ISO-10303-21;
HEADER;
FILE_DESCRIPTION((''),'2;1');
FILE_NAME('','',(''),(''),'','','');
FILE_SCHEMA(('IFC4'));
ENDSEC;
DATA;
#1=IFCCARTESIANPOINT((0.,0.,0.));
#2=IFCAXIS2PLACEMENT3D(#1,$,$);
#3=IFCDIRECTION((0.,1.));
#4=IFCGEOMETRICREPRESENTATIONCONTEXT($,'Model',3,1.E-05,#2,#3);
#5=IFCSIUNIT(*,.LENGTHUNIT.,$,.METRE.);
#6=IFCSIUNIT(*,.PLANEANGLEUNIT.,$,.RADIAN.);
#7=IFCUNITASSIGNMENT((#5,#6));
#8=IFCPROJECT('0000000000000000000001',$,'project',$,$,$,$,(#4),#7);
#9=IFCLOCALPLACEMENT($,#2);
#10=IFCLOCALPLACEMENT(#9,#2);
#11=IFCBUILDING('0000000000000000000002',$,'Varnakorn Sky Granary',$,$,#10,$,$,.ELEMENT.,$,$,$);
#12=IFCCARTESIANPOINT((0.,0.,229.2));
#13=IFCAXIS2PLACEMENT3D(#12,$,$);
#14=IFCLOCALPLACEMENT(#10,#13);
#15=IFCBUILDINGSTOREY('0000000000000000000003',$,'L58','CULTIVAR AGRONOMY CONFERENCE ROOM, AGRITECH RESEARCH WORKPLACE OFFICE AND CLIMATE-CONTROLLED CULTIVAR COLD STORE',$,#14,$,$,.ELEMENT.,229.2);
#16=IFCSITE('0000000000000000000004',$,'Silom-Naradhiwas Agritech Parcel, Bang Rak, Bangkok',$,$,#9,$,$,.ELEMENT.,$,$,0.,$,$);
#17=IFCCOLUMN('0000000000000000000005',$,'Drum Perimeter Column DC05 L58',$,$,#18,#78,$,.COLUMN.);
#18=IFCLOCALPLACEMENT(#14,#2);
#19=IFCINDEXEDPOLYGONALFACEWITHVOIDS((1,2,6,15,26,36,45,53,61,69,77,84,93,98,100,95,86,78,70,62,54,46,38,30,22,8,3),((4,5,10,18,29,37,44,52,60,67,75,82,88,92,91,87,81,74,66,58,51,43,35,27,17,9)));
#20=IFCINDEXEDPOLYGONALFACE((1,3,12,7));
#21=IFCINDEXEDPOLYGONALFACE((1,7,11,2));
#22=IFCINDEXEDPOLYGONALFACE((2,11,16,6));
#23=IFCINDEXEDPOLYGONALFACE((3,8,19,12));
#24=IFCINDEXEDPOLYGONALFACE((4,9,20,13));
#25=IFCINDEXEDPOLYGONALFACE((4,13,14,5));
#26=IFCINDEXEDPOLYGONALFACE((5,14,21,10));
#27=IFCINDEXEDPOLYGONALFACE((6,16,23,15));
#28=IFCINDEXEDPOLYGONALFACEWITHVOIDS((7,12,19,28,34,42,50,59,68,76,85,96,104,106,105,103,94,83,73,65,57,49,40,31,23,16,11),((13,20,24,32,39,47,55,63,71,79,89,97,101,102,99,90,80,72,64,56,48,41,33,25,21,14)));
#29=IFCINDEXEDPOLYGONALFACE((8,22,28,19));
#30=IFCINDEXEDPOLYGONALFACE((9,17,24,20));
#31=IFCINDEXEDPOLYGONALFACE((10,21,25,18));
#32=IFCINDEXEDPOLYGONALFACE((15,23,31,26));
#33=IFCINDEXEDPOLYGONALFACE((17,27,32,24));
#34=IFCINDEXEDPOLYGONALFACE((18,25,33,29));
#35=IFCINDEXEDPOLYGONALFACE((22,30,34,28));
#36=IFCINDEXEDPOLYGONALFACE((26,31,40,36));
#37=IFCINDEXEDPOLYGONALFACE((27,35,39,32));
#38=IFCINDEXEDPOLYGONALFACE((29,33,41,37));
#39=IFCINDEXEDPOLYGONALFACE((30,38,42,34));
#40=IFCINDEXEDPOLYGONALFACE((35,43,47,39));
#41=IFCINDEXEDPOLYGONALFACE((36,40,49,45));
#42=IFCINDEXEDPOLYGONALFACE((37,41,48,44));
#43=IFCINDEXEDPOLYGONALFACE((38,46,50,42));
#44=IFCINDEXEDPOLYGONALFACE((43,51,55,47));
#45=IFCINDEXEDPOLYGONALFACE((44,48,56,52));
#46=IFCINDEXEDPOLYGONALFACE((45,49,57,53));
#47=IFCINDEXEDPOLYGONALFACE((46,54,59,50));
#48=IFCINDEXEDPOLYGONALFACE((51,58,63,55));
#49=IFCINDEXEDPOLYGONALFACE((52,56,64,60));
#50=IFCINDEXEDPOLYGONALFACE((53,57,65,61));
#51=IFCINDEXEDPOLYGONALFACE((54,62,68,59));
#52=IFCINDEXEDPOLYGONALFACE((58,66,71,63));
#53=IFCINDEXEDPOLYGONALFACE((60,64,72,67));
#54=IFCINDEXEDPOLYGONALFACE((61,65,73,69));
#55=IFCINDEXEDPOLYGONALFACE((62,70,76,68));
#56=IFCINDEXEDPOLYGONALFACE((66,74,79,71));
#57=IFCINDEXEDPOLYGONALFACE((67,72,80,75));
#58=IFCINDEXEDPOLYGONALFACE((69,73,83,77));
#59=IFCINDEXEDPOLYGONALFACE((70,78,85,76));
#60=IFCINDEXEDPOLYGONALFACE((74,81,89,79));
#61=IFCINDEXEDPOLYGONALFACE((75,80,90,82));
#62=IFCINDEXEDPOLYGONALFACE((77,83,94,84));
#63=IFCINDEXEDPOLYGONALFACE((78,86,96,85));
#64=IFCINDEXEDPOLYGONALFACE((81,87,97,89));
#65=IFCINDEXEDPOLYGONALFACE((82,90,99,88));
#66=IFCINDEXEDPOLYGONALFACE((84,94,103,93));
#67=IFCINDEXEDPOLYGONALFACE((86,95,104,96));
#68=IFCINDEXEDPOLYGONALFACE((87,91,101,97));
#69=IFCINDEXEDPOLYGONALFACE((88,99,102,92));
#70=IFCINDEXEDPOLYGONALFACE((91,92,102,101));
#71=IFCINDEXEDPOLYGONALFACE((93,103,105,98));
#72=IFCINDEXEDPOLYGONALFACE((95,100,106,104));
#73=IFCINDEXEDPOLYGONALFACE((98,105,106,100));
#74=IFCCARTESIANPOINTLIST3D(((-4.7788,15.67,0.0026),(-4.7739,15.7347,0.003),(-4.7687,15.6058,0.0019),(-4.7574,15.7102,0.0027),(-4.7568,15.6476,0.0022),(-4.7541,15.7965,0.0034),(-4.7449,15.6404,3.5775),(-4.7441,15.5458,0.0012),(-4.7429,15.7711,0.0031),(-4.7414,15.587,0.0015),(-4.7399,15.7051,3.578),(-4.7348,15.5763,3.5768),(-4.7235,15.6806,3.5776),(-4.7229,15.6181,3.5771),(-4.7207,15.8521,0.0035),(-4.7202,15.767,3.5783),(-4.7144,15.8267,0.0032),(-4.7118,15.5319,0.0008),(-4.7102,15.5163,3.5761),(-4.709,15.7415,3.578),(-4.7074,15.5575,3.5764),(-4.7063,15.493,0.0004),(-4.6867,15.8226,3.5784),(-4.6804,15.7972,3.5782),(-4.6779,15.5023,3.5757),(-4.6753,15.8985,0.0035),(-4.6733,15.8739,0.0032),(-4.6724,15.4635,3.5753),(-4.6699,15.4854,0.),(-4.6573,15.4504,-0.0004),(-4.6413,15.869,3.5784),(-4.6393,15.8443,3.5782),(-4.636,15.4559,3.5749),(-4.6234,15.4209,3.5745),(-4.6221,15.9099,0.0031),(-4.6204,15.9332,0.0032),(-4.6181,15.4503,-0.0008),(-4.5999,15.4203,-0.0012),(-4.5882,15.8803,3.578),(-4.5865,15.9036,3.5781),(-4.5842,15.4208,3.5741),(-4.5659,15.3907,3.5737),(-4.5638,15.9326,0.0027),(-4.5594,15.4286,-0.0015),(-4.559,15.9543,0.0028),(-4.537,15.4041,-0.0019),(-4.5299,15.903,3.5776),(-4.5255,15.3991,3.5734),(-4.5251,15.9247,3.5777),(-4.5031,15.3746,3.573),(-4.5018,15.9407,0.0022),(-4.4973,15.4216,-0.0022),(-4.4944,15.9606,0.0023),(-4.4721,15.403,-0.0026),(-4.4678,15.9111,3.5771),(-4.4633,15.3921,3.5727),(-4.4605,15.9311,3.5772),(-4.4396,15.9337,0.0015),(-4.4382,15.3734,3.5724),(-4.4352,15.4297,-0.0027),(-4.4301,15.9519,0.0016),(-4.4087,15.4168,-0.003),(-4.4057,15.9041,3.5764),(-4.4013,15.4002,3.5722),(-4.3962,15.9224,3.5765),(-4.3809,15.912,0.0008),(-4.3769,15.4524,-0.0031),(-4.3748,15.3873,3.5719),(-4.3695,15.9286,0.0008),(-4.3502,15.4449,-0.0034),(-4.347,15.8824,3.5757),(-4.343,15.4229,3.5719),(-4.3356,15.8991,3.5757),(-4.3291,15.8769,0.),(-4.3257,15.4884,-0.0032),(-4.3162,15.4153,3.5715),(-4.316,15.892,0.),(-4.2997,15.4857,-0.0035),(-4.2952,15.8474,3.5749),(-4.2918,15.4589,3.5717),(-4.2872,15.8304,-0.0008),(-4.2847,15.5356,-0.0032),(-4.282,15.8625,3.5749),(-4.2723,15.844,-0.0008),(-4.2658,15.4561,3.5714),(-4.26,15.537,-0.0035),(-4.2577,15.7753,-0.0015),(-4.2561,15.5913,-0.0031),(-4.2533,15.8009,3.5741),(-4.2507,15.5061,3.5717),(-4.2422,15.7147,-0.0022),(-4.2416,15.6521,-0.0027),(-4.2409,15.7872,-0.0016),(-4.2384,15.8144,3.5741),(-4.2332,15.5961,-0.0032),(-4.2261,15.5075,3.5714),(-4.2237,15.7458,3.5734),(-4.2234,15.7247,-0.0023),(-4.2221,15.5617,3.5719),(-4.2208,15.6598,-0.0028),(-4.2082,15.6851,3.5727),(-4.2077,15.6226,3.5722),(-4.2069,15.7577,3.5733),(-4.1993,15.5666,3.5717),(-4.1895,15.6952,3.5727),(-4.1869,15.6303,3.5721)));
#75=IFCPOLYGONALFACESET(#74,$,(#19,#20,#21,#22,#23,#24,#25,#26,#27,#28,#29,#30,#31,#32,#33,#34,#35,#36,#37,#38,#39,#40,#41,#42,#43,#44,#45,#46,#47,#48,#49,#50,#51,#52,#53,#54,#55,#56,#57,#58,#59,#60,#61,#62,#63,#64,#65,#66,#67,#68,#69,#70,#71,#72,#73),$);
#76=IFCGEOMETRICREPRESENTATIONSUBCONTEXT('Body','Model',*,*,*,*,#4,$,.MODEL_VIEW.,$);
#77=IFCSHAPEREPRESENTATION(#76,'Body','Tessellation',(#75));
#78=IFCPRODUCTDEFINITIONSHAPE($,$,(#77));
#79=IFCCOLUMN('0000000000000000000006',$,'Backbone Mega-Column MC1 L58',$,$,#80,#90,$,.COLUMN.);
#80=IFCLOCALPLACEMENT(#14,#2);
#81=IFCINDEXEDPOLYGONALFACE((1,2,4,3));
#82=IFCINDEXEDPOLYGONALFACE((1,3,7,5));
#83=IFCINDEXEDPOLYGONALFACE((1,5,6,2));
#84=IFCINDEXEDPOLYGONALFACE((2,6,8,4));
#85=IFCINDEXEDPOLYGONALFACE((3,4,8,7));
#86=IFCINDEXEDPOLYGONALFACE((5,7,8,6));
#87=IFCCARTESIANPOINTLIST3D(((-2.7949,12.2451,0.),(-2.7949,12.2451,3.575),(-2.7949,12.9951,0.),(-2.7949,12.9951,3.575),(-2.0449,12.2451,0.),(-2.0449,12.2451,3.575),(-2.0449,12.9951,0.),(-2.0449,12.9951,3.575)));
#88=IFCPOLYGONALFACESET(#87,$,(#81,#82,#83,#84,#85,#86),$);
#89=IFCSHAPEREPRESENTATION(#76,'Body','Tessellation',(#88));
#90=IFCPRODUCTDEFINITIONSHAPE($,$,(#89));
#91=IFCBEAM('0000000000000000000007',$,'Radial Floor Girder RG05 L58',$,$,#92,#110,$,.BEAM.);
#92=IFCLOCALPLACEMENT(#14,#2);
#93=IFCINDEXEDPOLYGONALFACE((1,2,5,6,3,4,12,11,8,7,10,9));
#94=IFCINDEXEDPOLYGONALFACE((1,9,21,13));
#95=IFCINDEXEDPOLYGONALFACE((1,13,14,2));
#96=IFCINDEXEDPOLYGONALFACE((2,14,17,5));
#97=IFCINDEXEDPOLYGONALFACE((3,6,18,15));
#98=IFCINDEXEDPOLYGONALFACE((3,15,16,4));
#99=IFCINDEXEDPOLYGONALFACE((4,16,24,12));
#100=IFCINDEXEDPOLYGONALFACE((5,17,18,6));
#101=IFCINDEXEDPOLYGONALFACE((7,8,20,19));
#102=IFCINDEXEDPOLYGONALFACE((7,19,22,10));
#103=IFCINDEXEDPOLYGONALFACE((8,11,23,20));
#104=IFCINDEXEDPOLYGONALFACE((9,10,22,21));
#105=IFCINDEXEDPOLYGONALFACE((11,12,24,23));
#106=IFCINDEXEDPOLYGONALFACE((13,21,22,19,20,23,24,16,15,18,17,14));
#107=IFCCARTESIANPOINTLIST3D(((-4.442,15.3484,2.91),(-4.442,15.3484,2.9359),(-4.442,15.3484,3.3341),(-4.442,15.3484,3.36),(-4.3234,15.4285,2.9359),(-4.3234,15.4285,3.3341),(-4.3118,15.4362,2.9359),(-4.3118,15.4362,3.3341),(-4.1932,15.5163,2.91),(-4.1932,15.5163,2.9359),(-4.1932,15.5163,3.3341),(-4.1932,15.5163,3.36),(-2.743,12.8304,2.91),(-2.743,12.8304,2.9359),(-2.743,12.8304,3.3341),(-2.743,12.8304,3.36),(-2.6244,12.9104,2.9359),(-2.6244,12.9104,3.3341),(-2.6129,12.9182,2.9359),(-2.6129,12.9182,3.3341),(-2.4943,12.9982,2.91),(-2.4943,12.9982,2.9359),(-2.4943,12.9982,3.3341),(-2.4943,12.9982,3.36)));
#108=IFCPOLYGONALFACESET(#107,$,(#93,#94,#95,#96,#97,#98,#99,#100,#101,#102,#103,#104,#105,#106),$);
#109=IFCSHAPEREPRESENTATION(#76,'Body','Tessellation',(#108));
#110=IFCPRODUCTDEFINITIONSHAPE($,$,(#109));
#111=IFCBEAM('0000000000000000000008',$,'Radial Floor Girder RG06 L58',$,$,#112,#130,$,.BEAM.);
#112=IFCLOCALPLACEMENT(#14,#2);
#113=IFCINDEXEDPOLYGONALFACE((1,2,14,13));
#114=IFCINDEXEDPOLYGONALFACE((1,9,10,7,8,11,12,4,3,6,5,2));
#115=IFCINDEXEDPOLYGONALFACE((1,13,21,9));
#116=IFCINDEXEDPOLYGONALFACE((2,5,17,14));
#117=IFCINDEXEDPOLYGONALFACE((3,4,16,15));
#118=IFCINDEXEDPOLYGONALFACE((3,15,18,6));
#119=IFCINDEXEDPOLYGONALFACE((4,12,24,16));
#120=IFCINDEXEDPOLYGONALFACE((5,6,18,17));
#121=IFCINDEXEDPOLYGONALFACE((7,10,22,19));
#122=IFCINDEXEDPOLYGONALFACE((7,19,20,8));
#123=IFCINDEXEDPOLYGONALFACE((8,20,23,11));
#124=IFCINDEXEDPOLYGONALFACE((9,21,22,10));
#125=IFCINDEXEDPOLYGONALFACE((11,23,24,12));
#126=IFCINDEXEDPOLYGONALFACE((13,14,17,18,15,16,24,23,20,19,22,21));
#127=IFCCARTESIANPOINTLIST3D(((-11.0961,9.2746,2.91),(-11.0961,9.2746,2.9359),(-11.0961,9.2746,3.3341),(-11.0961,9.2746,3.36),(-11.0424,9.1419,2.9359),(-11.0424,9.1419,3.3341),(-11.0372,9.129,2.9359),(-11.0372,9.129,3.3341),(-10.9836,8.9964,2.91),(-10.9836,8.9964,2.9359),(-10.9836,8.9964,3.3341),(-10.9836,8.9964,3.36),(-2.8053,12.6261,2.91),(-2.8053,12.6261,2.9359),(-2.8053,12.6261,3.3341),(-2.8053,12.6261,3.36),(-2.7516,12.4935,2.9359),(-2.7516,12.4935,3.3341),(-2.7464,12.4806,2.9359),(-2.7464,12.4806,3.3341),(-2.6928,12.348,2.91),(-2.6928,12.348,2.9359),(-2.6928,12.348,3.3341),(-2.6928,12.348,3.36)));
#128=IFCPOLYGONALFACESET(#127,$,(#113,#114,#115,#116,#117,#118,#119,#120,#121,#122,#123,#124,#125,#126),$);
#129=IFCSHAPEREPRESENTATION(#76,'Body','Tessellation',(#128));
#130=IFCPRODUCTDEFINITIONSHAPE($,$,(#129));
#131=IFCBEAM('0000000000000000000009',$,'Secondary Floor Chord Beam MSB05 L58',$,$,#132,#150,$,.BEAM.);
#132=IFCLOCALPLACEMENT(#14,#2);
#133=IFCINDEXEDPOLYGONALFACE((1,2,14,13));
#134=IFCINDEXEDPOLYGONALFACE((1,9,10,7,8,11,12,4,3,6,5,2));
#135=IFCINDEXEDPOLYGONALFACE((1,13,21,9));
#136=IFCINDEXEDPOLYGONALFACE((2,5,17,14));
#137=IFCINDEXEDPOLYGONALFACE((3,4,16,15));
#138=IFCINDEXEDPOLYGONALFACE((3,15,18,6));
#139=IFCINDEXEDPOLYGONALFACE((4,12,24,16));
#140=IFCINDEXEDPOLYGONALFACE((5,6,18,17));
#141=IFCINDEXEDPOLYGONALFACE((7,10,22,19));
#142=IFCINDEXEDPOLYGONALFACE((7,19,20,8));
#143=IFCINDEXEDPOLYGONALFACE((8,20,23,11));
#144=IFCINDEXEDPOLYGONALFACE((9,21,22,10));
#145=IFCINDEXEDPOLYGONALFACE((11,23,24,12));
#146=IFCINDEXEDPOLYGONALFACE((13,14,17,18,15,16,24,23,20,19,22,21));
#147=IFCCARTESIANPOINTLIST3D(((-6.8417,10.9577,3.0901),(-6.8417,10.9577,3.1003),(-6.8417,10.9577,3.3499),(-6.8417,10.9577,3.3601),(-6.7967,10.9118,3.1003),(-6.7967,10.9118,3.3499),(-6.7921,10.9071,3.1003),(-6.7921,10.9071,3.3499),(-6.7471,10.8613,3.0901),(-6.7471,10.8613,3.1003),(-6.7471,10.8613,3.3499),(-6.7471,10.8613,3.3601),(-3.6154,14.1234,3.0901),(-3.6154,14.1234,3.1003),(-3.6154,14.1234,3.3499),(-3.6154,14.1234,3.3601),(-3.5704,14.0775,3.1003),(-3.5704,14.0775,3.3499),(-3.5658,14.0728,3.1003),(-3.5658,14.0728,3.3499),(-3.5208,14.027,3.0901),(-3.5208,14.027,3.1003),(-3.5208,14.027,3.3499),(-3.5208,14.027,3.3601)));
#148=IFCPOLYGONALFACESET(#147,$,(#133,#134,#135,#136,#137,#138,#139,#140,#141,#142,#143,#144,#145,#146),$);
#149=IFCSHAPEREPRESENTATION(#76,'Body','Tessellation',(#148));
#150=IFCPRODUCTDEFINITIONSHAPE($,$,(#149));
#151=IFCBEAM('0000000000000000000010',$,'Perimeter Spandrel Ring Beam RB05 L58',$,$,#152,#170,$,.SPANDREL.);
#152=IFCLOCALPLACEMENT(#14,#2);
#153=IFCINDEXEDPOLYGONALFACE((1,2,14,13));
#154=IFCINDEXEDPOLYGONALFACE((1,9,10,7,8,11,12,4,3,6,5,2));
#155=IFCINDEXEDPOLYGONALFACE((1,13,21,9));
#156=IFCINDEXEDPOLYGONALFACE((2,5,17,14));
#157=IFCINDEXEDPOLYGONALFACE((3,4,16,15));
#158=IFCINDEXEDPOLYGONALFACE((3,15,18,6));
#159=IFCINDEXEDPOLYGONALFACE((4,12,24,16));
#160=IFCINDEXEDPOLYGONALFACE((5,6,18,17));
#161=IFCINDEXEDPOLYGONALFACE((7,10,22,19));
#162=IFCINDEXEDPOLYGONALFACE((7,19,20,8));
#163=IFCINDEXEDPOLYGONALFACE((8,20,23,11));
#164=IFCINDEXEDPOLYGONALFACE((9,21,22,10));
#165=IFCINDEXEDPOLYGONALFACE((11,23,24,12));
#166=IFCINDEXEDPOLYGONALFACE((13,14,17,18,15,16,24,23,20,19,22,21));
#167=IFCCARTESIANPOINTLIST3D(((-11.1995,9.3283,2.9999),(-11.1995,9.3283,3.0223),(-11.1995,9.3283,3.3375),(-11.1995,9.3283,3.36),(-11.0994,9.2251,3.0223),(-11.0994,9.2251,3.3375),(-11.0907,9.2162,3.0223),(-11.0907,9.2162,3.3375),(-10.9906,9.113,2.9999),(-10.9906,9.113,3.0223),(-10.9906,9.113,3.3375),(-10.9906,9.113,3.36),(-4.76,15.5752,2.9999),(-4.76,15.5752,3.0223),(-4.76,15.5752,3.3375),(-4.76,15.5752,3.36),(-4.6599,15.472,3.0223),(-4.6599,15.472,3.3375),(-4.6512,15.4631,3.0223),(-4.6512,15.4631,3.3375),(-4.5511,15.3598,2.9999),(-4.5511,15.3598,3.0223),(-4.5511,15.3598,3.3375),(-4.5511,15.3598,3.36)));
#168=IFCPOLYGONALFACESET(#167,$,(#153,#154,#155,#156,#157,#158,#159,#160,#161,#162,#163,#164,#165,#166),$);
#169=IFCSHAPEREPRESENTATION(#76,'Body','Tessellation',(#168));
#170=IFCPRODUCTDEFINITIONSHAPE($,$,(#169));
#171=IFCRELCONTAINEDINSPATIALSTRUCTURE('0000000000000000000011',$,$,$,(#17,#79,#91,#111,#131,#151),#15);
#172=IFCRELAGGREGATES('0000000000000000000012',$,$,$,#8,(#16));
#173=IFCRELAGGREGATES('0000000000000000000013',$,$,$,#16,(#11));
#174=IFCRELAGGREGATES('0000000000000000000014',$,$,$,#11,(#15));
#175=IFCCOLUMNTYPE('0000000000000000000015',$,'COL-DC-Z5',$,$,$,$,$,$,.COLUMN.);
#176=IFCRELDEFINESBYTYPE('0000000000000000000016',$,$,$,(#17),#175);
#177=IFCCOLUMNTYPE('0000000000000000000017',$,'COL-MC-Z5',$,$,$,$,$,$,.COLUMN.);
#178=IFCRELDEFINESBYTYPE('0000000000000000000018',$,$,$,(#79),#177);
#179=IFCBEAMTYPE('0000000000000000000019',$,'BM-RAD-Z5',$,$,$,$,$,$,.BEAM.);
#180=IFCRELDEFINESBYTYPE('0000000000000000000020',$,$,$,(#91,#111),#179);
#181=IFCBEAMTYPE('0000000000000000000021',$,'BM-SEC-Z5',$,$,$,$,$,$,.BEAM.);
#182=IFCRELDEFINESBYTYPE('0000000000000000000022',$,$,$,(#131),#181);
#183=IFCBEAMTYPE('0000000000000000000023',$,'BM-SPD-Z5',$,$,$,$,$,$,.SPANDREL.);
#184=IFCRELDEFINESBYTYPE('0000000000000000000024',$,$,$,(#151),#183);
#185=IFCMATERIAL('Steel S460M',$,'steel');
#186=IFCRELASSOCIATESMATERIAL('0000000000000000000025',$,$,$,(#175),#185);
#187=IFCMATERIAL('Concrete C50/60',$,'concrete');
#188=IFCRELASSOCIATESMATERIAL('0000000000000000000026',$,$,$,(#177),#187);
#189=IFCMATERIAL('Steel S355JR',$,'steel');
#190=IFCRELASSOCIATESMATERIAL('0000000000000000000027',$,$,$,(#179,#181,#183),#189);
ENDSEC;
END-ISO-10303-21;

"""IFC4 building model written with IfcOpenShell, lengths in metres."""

from ifc_helpers import new_model, si_unit, direction, frame, origin, origin_2d, place, context, subcontext, project, spatial, rectangle, hollow_circle, i_section, extrude, material, material_profile, profile_set, type_object, element, save


model = new_model("IFC4")

# Units and contexts
model_context = context("Model", 3, precision=1e-05, world=origin(), true_north=direction((0.0, 1.0)))
body_context = subcontext(model_context, "Body", "Model", "MODEL_VIEW")
ifc_project = project(units=[si_unit("LENGTHUNIT", "METRE"), si_unit("PLANEANGLEUNIT", "RADIAN")], contexts=[model_context])

# Site, building, storey
site_placement = place(None, origin())
site = spatial("IfcSite", under=ifc_project, at=site_placement, Name="Silom-Naradhiwas Agritech Parcel, Bang Rak, Bangkok", CompositionType="ELEMENT", RefElevation=0.0)
building_placement = place(site_placement, origin())
building = spatial("IfcBuilding", under=site, at=building_placement, Name="Varnakorn Sky Granary", CompositionType="ELEMENT")
storey_placement = place(building_placement, frame((0.0, 0.0, 229.2)))
storey = spatial("IfcBuildingStorey", under=building, at=storey_placement, Name="L58", Description="CULTIVAR AGRONOMY CONFERENCE ROOM, AGRITECH RESEARCH WORKPLACE OFFICE AND CLIMATE-CONTROLLED CULTIVAR COLD STORE", CompositionType="ELEMENT", Elevation=229.2)

# Columns
ifc_material_1 = material(Name="Steel S460M", Category="steel")
ifc_material_profile_1 = material_profile(ifc_material_1, hollow_circle(Radius=0.2795, WallThickness=0.02, at=origin_2d()), Name="CHS 559x20")
ifc_profile_set_1 = profile_set([ifc_material_profile_1], Name="Steel S460M")
column_type_1 = type_object("IfcColumnType", Name="COL-DC-Z5", PredefinedType="COLUMN", material=ifc_profile_set_1)
column_1_placement = place(storey_placement, frame((-4.4995, 15.6812, 0.0), z_axis=(0.009492, -0.008263, 0.999921), x_axis=(0.656582, 0.754255, 0.0)))
element("IfcColumn", 1, at=column_1_placement, inside=storey, type_object=column_type_1, Name="Drum Perimeter Column DC05 L58", PredefinedType="COLUMN", context=body_context, shape_type="SweptSolid", body=[
    extrude(hollow_circle(Radius=0.2795, WallThickness=0.02, at=origin_2d()), origin(), (0.0, 0.0, 1.0), 3.5752),
])
ifc_material_2 = material(Name="Concrete C50/60", Category="concrete")
ifc_material_profile_2 = material_profile(ifc_material_2, rectangle(XDim=0.75, YDim=0.75, at=origin_2d()), Name="RC 750x750")
ifc_profile_set_2 = profile_set([ifc_material_profile_2], Name="Concrete C50/60")
column_type_2 = type_object("IfcColumnType", Name="COL-MC-Z5", PredefinedType="COLUMN", material=ifc_profile_set_2)
column_2_placement = place(storey_placement, frame((-2.4199, 12.6201, 0.0), z_axis=(0.0, 0.0, 1.0), x_axis=(1.0, 0.0, 0.0)))
element("IfcColumn", 2, at=column_2_placement, inside=storey, type_object=column_type_2, Name="Backbone Mega-Column MC1 L58", PredefinedType="COLUMN", context=body_context, shape_type="SweptSolid", body=[
    extrude(rectangle(XDim=0.75, YDim=0.75, at=origin_2d()), origin(), (0.0, 0.0, 1.0), 3.575),
])

# Beams
ifc_material_3 = material(Name="Steel S355JR", Category="steel")
ifc_material_profile_3 = material_profile(ifc_material_3, i_section(OverallWidth=0.3, OverallDepth=0.45, WebThickness=0.0139, FlangeThickness=0.0259, at=origin_2d()), Name="HE 450 B")
ifc_profile_set_3 = profile_set([ifc_material_profile_3], Name="Steel S355JR")
beam_type_1 = type_object("IfcBeamType", Name="BM-RAD-Z5", PredefinedType="BEAM", material=ifc_profile_set_3)
beam_1_placement = place(storey_placement, frame((-2.6187, 12.9143, 3.135), z_axis=(-0.55931, 0.828959, 0.0), x_axis=(-0.828959, -0.55931, 0.0)))
element("IfcBeam", 3, at=beam_1_placement, inside=storey, type_object=beam_type_1, Name="Radial Floor Girder RG05 L58", PredefinedType="BEAM", context=body_context, shape_type="SweptSolid", body=[
    extrude(i_section(OverallWidth=0.3, OverallDepth=0.45, WebThickness=0.0139, FlangeThickness=0.0259, at=origin_2d()), origin(), (0.0, 0.0, 1.0), 3.0376),
])
beam_2_placement = place(storey_placement, frame((-2.749, 12.4871, 3.135), z_axis=(-0.927111, -0.374787, 0.0), x_axis=(0.374787, -0.927111, 0.0)))
element("IfcBeam", 4, at=beam_2_placement, inside=storey, type_object=beam_type_1, Name="Radial Floor Girder RG06 L58", PredefinedType="BEAM", context=body_context, shape_type="SweptSolid", body=[
    extrude(i_section(OverallWidth=0.3, OverallDepth=0.45, WebThickness=0.0139, FlangeThickness=0.0259, at=origin_2d()), origin(), (0.0, 0.0, 1.0), 8.9426),
])
ifc_material_profile_4 = material_profile(ifc_material_3, i_section(OverallWidth=0.135, OverallDepth=0.27, WebThickness=0.0066, FlangeThickness=0.0103, at=origin_2d()), Name="IPE 270")
ifc_profile_set_4 = profile_set([ifc_material_profile_4], Name="Steel S355JR")
beam_type_2 = type_object("IfcBeamType", Name="BM-SEC-Z5", PredefinedType="BEAM", material=ifc_profile_set_4)
beam_3_placement = place(storey_placement, frame((-3.5681, 14.0752, 3.2251), z_axis=(-0.713773, -0.700378, 0.0), x_axis=(0.700378, -0.713773, 0.0)))
element("IfcBeam", 5, at=beam_3_placement, inside=storey, type_object=beam_type_2, Name="Secondary Floor Chord Beam MSB05 L58", PredefinedType="BEAM", context=body_context, shape_type="SweptSolid", body=[
    extrude(i_section(OverallWidth=0.135, OverallDepth=0.27, WebThickness=0.0066, FlangeThickness=0.0103, at=origin_2d()), origin(), (0.0, 0.0, 1.0), 4.52),
])
ifc_material_profile_5 = material_profile(ifc_material_3, i_section(OverallWidth=0.3, OverallDepth=0.3601, WebThickness=0.0125, FlangeThickness=0.0225, at=origin_2d()), Name="HE 360 B")
ifc_profile_set_5 = profile_set([ifc_material_profile_5], Name="Steel S355JR")
beam_type_3 = type_object("IfcBeamType", Name="BM-SPD-Z5", PredefinedType="SPANDREL", material=ifc_profile_set_5)
beam_4_placement = place(storey_placement, frame((-4.6555, 15.4675, 3.1799), z_axis=(-0.717761, -0.69629, 0.0), x_axis=(0.69629, -0.717761, 0.0)))
element("IfcBeam", 6, at=beam_4_placement, inside=storey, type_object=beam_type_3, Name="Perimeter Spandrel Ring Beam RB05 L58", PredefinedType="SPANDREL", context=body_context, shape_type="SweptSolid", body=[
    extrude(i_section(OverallWidth=0.3, OverallDepth=0.3601, WebThickness=0.0125, FlangeThickness=0.0225, at=origin_2d()), origin(), (0.0, 0.0, 1.0), 8.9717),
])

save(model, "model.ifc")
